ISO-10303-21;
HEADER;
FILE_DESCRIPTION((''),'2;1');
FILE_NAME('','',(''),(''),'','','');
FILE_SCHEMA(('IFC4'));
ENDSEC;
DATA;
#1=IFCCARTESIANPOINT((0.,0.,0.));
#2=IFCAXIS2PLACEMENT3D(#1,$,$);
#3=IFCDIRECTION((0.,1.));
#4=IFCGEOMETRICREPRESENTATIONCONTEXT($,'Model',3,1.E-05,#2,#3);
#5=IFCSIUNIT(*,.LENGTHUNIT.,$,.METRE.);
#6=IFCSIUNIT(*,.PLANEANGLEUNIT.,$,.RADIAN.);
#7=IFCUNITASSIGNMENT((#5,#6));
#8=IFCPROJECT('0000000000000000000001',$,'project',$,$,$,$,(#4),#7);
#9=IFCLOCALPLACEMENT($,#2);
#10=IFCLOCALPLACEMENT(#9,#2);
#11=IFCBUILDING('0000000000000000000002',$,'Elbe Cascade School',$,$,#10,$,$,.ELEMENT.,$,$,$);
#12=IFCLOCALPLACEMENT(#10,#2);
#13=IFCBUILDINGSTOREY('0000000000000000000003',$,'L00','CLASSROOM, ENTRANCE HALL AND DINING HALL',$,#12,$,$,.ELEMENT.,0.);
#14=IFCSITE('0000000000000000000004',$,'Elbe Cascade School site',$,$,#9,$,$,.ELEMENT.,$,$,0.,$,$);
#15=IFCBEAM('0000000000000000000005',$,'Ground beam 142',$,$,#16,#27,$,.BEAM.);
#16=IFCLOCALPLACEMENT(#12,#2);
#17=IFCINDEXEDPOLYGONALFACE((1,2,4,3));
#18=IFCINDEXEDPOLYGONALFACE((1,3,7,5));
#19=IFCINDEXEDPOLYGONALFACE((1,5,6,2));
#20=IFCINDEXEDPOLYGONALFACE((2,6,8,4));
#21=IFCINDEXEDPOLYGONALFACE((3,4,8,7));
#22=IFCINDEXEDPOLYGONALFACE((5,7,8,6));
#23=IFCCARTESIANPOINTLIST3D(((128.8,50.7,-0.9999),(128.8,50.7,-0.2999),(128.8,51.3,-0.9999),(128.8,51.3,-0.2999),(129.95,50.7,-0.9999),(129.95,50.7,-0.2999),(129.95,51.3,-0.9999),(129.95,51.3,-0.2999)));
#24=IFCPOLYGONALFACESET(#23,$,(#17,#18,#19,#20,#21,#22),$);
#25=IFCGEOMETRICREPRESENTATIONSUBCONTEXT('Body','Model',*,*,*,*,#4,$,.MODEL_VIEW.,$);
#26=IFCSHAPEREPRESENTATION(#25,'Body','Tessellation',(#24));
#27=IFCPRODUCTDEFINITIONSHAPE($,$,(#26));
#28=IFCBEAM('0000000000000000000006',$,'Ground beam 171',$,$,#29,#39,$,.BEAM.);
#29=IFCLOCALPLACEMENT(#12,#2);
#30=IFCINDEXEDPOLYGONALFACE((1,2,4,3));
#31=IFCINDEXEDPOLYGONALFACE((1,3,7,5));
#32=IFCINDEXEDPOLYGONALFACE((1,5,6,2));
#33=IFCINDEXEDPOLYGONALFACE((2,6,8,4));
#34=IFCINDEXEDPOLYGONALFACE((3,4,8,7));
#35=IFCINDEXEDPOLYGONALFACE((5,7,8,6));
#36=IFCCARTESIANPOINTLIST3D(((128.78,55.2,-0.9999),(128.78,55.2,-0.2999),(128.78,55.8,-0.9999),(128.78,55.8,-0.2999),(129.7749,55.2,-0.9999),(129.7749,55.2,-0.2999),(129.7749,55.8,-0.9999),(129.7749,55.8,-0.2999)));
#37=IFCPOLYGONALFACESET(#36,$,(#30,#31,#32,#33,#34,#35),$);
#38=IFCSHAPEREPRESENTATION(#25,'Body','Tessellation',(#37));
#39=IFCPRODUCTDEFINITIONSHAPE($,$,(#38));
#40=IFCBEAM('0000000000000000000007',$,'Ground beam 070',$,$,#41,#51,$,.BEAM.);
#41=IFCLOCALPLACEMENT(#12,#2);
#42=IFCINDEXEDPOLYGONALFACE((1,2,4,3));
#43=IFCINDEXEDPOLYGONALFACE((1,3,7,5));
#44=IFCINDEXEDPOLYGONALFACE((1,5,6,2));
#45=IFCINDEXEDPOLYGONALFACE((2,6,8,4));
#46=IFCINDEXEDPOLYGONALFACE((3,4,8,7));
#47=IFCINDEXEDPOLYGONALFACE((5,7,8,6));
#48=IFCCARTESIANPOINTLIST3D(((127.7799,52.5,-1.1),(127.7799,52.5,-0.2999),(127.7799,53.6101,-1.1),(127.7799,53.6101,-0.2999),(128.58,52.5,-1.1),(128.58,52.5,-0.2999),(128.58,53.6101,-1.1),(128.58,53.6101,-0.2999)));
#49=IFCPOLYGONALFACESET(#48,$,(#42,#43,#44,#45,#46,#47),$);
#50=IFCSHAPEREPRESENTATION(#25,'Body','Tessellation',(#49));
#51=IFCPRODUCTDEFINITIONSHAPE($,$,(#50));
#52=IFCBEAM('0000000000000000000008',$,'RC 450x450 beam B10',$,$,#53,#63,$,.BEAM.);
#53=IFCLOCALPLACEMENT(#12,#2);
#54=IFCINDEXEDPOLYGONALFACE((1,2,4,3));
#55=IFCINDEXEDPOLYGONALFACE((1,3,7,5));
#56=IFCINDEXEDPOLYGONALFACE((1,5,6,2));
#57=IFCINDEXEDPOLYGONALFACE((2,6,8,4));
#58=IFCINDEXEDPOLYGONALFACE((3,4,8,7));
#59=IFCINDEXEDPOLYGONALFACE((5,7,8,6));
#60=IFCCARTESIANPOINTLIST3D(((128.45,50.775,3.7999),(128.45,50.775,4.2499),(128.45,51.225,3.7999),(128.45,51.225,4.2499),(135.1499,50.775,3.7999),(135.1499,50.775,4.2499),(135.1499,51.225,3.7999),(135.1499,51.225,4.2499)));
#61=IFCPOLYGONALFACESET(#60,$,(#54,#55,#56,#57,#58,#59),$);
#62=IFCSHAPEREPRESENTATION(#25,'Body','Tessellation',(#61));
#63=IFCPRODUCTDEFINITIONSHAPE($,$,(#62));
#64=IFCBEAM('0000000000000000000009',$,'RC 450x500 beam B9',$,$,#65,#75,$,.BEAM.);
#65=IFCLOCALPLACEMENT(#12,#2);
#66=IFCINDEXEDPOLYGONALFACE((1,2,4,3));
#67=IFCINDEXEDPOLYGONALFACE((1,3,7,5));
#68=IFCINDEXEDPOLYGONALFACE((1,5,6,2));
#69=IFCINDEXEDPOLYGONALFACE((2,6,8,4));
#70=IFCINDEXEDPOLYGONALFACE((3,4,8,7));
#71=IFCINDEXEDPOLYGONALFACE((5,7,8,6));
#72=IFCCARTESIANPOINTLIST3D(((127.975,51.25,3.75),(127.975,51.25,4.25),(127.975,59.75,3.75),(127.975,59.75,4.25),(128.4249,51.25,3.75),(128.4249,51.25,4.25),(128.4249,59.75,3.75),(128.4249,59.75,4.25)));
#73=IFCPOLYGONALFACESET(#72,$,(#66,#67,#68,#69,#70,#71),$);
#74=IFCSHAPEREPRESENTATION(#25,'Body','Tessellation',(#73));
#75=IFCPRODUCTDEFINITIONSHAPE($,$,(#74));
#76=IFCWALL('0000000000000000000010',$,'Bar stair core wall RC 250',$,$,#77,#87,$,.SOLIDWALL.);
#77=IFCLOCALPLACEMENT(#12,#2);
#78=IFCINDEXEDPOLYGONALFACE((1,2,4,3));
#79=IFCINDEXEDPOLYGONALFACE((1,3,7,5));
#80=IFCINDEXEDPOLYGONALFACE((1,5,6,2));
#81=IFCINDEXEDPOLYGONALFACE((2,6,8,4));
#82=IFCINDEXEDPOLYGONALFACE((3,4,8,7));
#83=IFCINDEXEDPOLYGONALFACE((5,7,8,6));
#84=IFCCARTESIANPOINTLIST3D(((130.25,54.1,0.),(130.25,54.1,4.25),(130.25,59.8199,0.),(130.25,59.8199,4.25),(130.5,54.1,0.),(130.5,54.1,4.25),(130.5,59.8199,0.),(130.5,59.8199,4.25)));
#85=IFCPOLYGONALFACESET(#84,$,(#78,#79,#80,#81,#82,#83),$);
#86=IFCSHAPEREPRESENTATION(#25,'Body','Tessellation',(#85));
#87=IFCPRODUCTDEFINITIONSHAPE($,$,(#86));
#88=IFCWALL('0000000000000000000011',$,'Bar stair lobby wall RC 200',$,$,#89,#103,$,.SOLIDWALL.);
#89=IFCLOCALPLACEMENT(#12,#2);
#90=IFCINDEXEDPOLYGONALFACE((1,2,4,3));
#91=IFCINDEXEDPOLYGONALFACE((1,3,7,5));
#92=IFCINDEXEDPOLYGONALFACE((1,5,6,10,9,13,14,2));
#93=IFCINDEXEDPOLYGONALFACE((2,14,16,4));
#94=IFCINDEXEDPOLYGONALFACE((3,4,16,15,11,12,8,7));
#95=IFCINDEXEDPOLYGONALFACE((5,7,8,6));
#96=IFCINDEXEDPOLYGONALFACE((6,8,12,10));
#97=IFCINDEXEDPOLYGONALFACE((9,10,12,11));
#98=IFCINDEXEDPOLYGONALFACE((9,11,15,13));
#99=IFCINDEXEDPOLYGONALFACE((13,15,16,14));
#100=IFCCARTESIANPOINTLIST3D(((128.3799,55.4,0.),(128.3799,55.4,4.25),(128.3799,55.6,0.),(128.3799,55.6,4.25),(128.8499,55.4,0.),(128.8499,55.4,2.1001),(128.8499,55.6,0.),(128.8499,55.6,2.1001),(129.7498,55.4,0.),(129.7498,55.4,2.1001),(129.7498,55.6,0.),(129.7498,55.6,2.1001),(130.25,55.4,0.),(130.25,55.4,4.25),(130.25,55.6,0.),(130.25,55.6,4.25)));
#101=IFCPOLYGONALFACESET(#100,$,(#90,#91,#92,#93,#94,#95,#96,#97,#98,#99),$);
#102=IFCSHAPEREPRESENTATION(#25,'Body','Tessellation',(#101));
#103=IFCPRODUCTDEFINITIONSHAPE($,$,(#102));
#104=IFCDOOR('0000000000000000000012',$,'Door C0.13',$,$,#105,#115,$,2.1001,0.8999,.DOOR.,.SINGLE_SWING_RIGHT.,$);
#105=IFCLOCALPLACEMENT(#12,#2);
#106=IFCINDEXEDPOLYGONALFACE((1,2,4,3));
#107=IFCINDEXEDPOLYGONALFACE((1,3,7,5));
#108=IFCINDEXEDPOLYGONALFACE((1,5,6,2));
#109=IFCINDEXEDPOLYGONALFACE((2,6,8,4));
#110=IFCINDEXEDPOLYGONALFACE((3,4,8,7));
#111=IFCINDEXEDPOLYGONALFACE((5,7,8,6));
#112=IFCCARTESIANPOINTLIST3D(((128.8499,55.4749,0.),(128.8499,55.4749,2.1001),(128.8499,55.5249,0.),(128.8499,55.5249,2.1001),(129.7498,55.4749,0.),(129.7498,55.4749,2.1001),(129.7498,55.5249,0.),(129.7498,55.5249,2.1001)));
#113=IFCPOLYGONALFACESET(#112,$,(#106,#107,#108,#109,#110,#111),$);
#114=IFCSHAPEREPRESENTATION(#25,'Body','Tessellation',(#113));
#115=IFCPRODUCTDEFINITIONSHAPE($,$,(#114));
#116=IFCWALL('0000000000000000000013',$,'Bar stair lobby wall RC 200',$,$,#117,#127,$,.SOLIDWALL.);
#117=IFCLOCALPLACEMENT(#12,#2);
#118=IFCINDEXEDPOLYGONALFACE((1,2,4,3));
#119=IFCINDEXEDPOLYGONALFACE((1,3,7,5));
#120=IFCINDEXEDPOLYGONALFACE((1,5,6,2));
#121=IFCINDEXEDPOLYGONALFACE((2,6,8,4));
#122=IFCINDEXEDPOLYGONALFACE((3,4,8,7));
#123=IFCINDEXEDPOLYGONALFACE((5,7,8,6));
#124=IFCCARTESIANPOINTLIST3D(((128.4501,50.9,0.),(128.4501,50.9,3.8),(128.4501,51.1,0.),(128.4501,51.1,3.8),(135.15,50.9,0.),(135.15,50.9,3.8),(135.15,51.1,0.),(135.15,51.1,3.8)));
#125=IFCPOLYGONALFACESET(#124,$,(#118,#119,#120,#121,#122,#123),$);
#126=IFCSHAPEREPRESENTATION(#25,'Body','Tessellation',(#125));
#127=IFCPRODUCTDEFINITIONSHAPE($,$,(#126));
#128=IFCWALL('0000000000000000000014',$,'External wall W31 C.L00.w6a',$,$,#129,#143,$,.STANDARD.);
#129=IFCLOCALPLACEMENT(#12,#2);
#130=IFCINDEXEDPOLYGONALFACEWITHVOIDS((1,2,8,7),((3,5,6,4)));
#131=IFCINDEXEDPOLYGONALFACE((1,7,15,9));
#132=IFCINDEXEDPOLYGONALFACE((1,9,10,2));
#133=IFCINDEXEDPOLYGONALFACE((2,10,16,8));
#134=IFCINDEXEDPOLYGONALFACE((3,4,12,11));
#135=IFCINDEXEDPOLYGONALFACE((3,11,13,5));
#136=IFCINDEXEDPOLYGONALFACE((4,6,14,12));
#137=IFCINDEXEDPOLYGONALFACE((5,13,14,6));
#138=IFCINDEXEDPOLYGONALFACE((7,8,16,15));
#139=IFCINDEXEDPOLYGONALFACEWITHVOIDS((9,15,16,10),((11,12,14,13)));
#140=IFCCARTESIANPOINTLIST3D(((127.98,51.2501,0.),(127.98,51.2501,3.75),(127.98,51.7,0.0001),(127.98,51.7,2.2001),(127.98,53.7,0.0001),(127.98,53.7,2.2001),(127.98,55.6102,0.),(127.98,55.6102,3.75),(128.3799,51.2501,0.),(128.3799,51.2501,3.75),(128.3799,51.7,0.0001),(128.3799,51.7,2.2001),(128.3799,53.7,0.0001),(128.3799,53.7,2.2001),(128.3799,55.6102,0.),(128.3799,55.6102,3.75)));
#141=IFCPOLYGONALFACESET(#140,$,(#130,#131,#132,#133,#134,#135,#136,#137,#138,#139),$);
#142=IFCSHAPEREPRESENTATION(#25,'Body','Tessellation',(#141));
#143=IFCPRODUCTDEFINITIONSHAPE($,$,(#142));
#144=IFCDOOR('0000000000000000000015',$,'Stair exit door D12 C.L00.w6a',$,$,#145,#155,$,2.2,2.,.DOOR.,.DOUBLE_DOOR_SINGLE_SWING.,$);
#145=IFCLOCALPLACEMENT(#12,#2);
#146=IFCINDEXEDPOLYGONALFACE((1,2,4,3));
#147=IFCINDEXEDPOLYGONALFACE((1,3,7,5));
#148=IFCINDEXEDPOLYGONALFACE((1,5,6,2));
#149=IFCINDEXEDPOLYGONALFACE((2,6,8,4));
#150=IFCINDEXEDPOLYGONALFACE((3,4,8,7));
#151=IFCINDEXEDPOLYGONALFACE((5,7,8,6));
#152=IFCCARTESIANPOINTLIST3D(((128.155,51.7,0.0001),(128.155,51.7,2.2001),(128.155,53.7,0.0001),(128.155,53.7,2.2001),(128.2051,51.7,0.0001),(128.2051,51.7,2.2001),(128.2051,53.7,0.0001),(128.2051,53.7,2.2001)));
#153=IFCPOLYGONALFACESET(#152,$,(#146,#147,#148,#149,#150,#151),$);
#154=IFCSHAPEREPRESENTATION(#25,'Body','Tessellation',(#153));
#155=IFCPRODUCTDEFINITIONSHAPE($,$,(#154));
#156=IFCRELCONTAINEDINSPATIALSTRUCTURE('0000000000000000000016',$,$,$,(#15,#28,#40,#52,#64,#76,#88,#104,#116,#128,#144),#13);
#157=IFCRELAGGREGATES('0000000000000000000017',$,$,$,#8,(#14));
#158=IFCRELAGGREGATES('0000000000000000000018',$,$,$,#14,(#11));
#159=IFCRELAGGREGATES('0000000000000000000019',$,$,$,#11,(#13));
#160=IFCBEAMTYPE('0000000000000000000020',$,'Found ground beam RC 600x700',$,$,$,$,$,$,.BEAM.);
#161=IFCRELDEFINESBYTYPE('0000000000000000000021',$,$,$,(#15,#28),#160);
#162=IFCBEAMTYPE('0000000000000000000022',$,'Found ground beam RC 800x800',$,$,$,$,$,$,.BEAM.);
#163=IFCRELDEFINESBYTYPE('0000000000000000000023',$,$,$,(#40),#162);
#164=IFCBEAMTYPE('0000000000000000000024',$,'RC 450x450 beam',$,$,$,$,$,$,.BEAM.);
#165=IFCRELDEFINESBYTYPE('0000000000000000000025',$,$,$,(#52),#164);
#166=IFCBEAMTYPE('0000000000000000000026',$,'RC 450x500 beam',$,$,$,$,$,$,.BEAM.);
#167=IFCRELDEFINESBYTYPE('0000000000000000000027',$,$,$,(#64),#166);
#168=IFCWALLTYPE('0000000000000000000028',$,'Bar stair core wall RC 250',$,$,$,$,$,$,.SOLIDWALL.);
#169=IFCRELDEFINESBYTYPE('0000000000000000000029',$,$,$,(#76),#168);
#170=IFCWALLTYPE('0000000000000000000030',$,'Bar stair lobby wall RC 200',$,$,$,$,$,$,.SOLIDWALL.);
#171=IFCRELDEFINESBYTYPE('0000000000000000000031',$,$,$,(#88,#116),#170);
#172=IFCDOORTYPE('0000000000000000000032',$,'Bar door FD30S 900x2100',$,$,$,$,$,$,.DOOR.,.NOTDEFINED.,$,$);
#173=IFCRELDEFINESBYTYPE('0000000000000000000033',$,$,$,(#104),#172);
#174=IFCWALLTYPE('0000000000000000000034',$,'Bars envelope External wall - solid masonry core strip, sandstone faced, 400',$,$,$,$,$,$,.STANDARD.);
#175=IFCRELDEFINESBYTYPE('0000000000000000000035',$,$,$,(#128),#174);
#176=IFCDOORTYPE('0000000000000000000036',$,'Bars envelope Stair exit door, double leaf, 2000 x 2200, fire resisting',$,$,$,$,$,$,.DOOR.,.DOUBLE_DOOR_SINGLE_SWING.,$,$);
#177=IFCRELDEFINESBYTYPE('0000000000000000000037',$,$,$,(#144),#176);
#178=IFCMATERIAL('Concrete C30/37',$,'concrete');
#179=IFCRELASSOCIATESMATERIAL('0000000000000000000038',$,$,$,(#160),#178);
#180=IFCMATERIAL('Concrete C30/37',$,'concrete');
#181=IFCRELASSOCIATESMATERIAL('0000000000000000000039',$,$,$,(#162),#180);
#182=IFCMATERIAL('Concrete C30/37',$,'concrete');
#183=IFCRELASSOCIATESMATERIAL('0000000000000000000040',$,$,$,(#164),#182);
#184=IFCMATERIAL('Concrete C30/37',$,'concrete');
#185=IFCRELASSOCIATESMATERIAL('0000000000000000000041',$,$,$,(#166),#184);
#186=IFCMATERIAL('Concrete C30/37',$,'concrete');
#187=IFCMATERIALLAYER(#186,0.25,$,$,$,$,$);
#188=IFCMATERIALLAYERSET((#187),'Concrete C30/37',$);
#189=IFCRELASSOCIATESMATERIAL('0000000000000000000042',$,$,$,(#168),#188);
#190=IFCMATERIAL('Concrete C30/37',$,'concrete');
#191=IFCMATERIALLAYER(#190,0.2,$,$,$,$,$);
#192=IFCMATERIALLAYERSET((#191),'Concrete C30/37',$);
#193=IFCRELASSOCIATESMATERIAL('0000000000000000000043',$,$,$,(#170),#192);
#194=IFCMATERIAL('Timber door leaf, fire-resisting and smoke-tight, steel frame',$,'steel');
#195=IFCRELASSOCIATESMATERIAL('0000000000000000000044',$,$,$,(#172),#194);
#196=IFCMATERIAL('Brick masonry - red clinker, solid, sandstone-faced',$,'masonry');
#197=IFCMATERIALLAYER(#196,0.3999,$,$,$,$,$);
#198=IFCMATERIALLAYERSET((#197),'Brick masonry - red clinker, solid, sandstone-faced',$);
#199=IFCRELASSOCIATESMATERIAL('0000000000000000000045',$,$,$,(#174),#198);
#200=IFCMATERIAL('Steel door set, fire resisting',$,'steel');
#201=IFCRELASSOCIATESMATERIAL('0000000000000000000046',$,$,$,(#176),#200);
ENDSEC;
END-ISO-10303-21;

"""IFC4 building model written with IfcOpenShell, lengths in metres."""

from ifc_helpers import new_model, si_unit, direction, frame, frame_2d, origin, origin_2d, place, context, subcontext, project, spatial, rectangle, extrude, material, layer, layer_set, material_profile, profile_set, type_object, element, fill, save


model = new_model("IFC4")

# Units and contexts
model_context = context("Model", 3, precision=1e-05, world=origin(), true_north=direction((0.0, 1.0)))
body_context = subcontext(model_context, "Body", "Model", "MODEL_VIEW")
ifc_project = project(units=[si_unit("LENGTHUNIT", "METRE"), si_unit("PLANEANGLEUNIT", "RADIAN")], contexts=[model_context])

# Site, building, storey
site_placement = place(None, origin())
site = spatial("IfcSite", under=ifc_project, at=site_placement, Name="Elbe Cascade School site", CompositionType="ELEMENT", RefElevation=0.0)
building_placement = place(site_placement, origin())
building = spatial("IfcBuilding", under=site, at=building_placement, Name="Elbe Cascade School", CompositionType="ELEMENT")
storey_placement = place(building_placement, origin())
storey = spatial("IfcBuildingStorey", under=building, at=storey_placement, Name="L00", Description="CLASSROOM, ENTRANCE HALL AND DINING HALL", CompositionType="ELEMENT", Elevation=0.0)

# Beams
ifc_material_1 = material(Name="Concrete C30/37", Category="concrete")
ifc_material_profile_1 = material_profile(ifc_material_1, rectangle(XDim=0.6001, YDim=0.7, at=origin_2d()), Name="RC 600x700")
ifc_profile_set_1 = profile_set([ifc_material_profile_1], Name="Concrete C30/37")
beam_type_1 = type_object("IfcBeamType", Name="Found ground beam RC 600x700", PredefinedType="BEAM", material=ifc_profile_set_1)
beam_1_placement = place(storey_placement, frame((128.8, 51.0, -0.6499), z_axis=(1.0, 0.0, 0.0), x_axis=(0.0, 1.0, 0.0)))
element("IfcBeam", 1, at=beam_1_placement, inside=storey, type_object=beam_type_1, Name="Ground beam 142", PredefinedType="BEAM", context=body_context, shape_type="SweptSolid", body=[
    extrude(rectangle(XDim=0.6001, YDim=0.7, at=origin_2d()), origin(), (0.0, 0.0, 1.0), 1.1499),
])
beam_2_placement = place(storey_placement, frame((128.78, 55.5, -0.6499), z_axis=(1.0, 0.0, 0.0), x_axis=(0.0, 1.0, 0.0)))
element("IfcBeam", 2, at=beam_2_placement, inside=storey, type_object=beam_type_1, Name="Ground beam 171", PredefinedType="BEAM", context=body_context, shape_type="SweptSolid", body=[
    extrude(rectangle(XDim=0.6001, YDim=0.7, at=origin_2d()), origin(), (0.0, 0.0, 1.0), 0.9949),
])
ifc_material_2 = material(Name="Concrete C30/37", Category="concrete")
ifc_material_profile_2 = material_profile(ifc_material_2, rectangle(XDim=0.8, YDim=0.8, at=origin_2d()), Name="RC 800x800")
ifc_profile_set_2 = profile_set([ifc_material_profile_2], Name="Concrete C30/37")
beam_type_2 = type_object("IfcBeamType", Name="Found ground beam RC 800x800", PredefinedType="BEAM", material=ifc_profile_set_2)
beam_3_placement = place(storey_placement, frame((128.1799, 52.5, -0.7), z_axis=(0.0, 1.0, 0.0), x_axis=(-1.0, 0.0, 0.0)))
element("IfcBeam", 3, at=beam_3_placement, inside=storey, type_object=beam_type_2, Name="Ground beam 070", PredefinedType="BEAM", context=body_context, shape_type="SweptSolid", body=[
    extrude(rectangle(XDim=0.8, YDim=0.8, at=origin_2d()), origin(), (0.0, 0.0, 1.0), 1.1101),
])
ifc_material_3 = material(Name="Concrete C30/37", Category="concrete")
ifc_material_profile_3 = material_profile(ifc_material_3, rectangle(XDim=0.45, YDim=0.45, at=origin_2d()), Name="RC 450x450")
ifc_profile_set_3 = profile_set([ifc_material_profile_3], Name="Concrete C30/37")
beam_type_3 = type_object("IfcBeamType", Name="RC 450x450 beam", PredefinedType="BEAM", material=ifc_profile_set_3)
beam_4_placement = place(storey_placement, frame((128.45, 51.0, 4.0249), z_axis=(1.0, 0.0, 0.0), x_axis=(0.0, 1.0, 0.0)))
element("IfcBeam", 4, at=beam_4_placement, inside=storey, type_object=beam_type_3, Name="RC 450x450 beam B10", PredefinedType="BEAM", context=body_context, shape_type="SweptSolid", body=[
    extrude(rectangle(XDim=0.45, YDim=0.45, at=origin_2d()), origin(), (0.0, 0.0, 1.0), 6.7),
])
ifc_material_4 = material(Name="Concrete C30/37", Category="concrete")
ifc_material_profile_4 = material_profile(ifc_material_4, rectangle(XDim=0.45, YDim=0.5, at=origin_2d()), Name="RC 450x500")
ifc_profile_set_4 = profile_set([ifc_material_profile_4], Name="Concrete C30/37")
beam_type_4 = type_object("IfcBeamType", Name="RC 450x500 beam", PredefinedType="BEAM", material=ifc_profile_set_4)
beam_5_placement = place(storey_placement, frame((128.2, 51.25, 4.0), z_axis=(0.0, 1.0, 0.0), x_axis=(-1.0, 0.0, 0.0)))
element("IfcBeam", 5, at=beam_5_placement, inside=storey, type_object=beam_type_4, Name="RC 450x500 beam B9", PredefinedType="BEAM", context=body_context, shape_type="SweptSolid", body=[
    extrude(rectangle(XDim=0.45, YDim=0.5, at=origin_2d()), origin(), (0.0, 0.0, 1.0), 8.5),
])

# Wall
ifc_material_5 = material(Name="Concrete C30/37", Category="concrete")
ifc_layer_1 = layer(ifc_material_5, 0.25)
ifc_layer_set_1 = layer_set([ifc_layer_1], Name="Concrete C30/37")
wall_type_1 = type_object("IfcWallType", Name="Bar stair core wall RC 250", PredefinedType="SOLIDWALL", material=ifc_layer_set_1)
wall_1_placement = place(storey_placement, frame((130.375, 54.1001, 0.0), z_axis=(0.0, 0.0, 1.0), x_axis=(0.0, 1.0, 0.0)))
element("IfcWall", 6, at=wall_1_placement, inside=storey, type_object=wall_type_1, Name="Bar stair core wall RC 250", PredefinedType="SOLIDWALL", context=body_context, shape_type="SweptSolid", body=[
    extrude(rectangle(XDim=5.72, YDim=0.25, at=frame_2d((2.8599, 0.0))), origin(), (0.0, 0.0, 1.0), 4.25),
])

# Wall, opening, door
ifc_material_6 = material(Name="Concrete C30/37", Category="concrete")
ifc_layer_2 = layer(ifc_material_6, 0.2)
ifc_layer_set_2 = layer_set([ifc_layer_2], Name="Concrete C30/37")
wall_type_2 = type_object("IfcWallType", Name="Bar stair lobby wall RC 200", PredefinedType="SOLIDWALL", material=ifc_layer_set_2)
wall_2_placement = place(storey_placement, frame((128.3799, 55.5, 0.0), z_axis=(0.0, 0.0, 1.0), x_axis=(1.0, 0.0, 0.0)))
wall_2 = element("IfcWall", 7, at=wall_2_placement, inside=storey, type_object=wall_type_2, Name="Bar stair lobby wall RC 200", PredefinedType="SOLIDWALL", context=body_context, shape_type="SweptSolid", body=[
    extrude(rectangle(XDim=1.8701, YDim=0.2, at=frame_2d((0.9351, 0.0))), origin(), (0.0, 0.0, 1.0), 4.25),
])
opening_1_placement = place(wall_2_placement, frame((0.47, 0.0, 0.0)))
opening_1 = element("IfcOpeningElement", 8, at=opening_1_placement, cuts=wall_2, PredefinedType="OPENING", context=body_context, shape_type="SweptSolid", body=[
    extrude(rectangle(XDim=0.8999, YDim=2.1001, at=frame_2d((0.45, 1.05))), frame((0.0, 0.1099, 0.0), z_axis=(0.0, -1.0, 0.0), x_axis=(1.0, 0.0, 0.0)), (0.0, 0.0, 1.0), 0.22),
])
ifc_material_7 = material(Name="Timber door leaf, fire-resisting and smoke-tight, steel frame", Category="steel")
door_type_1 = type_object("IfcDoorType", Name="Bar door FD30S 900x2100", OperationType="NOTDEFINED", PredefinedType="DOOR", material=ifc_material_7)
door_1_placement = place(opening_1_placement, origin())
door_1 = element("IfcDoor", 9, at=door_1_placement, inside=storey, type_object=door_type_1, Name="Door C0.13", OperationType="SINGLE_SWING_RIGHT", OverallHeight=2.1001, OverallWidth=0.8999, PredefinedType="DOOR", context=body_context, shape_type="SweptSolid", body=[
    extrude(rectangle(XDim=0.8999, YDim=2.1001, at=frame_2d((0.45, 1.05))), frame((0.0, 0.0249, 0.0), z_axis=(0.0, -1.0, 0.0), x_axis=(1.0, 0.0, 0.0)), (0.0, 0.0, 1.0), 0.05),
])
fill(opening_1, door_1)

# Wall
wall_3_placement = place(storey_placement, frame((128.45, 51.0, 0.0), z_axis=(0.0, 0.0, 1.0), x_axis=(1.0, 0.0, 0.0)))
element("IfcWall", 10, at=wall_3_placement, inside=storey, type_object=wall_type_2, Name="Bar stair lobby wall RC 200", PredefinedType="SOLIDWALL", context=body_context, shape_type="SweptSolid", body=[
    extrude(rectangle(XDim=6.7, YDim=0.2, at=frame_2d((3.3501, 0.0))), origin(), (0.0, 0.0, 1.0), 3.8),
])

# Wall, opening, door
ifc_material_8 = material(Name="Brick masonry - red clinker, solid, sandstone-faced", Category="masonry")
ifc_layer_3 = layer(ifc_material_8, 0.3999)
ifc_layer_set_3 = layer_set([ifc_layer_3], Name="Brick masonry - red clinker, solid, sandstone-faced")
wall_type_3 = type_object("IfcWallType", Name="Bars envelope External wall - solid masonry core strip, sandstone faced, 400", PredefinedType="STANDARD", material=ifc_layer_set_3)
wall_4_placement = place(storey_placement, frame((128.1799, 51.25, 0.0), z_axis=(0.0, 0.0, 1.0), x_axis=(0.0, 1.0, 0.0)))
wall_4 = element("IfcWall", 11, at=wall_4_placement, inside=storey, type_object=wall_type_3, Name="External wall W31 C.L00.w6a", PredefinedType="STANDARD", context=body_context, shape_type="SweptSolid", body=[
    extrude(rectangle(XDim=4.3601, YDim=0.3999, at=frame_2d((2.1802, 0.0))), origin(), (0.0, 0.0, 1.0), 3.75),
])
opening_2_placement = place(wall_4_placement, frame((0.45, 0.0, 0.0)))
opening_2 = element("IfcOpeningElement", 12, at=opening_2_placement, cuts=wall_4, PredefinedType="OPENING", context=body_context, shape_type="SweptSolid", body=[
    extrude(rectangle(XDim=2.0, YDim=2.2, at=frame_2d((1.0, 1.1001))), frame((0.0, 0.21, 0.0), z_axis=(0.0, -1.0, 0.0), x_axis=(1.0, 0.0, 0.0)), (0.0, 0.0, 1.0), 0.4199),
])
ifc_material_9 = material(Name="Steel door set, fire resisting", Category="steel")
door_type_2 = type_object("IfcDoorType", Name="Bars envelope Stair exit door, double leaf, 2000 x 2200, fire resisting", OperationType="DOUBLE_DOOR_SINGLE_SWING", PredefinedType="DOOR", material=ifc_material_9)
door_2_placement = place(opening_2_placement, origin())
door_2 = element("IfcDoor", 13, at=door_2_placement, inside=storey, type_object=door_type_2, Name="Stair exit door D12 C.L00.w6a", OperationType="DOUBLE_DOOR_SINGLE_SWING", OverallHeight=2.2, OverallWidth=2.0, PredefinedType="DOOR", context=body_context, shape_type="SweptSolid", body=[
    extrude(rectangle(XDim=2.0, YDim=2.2, at=frame_2d((1.0, 1.1001))), frame((0.0, 0.0249, 0.0), z_axis=(0.0, -1.0, 0.0), x_axis=(1.0, 0.0, 0.0)), (0.0, 0.0, 1.0), 0.05),
])
fill(opening_2, door_2)

save(model, "model.ifc")
